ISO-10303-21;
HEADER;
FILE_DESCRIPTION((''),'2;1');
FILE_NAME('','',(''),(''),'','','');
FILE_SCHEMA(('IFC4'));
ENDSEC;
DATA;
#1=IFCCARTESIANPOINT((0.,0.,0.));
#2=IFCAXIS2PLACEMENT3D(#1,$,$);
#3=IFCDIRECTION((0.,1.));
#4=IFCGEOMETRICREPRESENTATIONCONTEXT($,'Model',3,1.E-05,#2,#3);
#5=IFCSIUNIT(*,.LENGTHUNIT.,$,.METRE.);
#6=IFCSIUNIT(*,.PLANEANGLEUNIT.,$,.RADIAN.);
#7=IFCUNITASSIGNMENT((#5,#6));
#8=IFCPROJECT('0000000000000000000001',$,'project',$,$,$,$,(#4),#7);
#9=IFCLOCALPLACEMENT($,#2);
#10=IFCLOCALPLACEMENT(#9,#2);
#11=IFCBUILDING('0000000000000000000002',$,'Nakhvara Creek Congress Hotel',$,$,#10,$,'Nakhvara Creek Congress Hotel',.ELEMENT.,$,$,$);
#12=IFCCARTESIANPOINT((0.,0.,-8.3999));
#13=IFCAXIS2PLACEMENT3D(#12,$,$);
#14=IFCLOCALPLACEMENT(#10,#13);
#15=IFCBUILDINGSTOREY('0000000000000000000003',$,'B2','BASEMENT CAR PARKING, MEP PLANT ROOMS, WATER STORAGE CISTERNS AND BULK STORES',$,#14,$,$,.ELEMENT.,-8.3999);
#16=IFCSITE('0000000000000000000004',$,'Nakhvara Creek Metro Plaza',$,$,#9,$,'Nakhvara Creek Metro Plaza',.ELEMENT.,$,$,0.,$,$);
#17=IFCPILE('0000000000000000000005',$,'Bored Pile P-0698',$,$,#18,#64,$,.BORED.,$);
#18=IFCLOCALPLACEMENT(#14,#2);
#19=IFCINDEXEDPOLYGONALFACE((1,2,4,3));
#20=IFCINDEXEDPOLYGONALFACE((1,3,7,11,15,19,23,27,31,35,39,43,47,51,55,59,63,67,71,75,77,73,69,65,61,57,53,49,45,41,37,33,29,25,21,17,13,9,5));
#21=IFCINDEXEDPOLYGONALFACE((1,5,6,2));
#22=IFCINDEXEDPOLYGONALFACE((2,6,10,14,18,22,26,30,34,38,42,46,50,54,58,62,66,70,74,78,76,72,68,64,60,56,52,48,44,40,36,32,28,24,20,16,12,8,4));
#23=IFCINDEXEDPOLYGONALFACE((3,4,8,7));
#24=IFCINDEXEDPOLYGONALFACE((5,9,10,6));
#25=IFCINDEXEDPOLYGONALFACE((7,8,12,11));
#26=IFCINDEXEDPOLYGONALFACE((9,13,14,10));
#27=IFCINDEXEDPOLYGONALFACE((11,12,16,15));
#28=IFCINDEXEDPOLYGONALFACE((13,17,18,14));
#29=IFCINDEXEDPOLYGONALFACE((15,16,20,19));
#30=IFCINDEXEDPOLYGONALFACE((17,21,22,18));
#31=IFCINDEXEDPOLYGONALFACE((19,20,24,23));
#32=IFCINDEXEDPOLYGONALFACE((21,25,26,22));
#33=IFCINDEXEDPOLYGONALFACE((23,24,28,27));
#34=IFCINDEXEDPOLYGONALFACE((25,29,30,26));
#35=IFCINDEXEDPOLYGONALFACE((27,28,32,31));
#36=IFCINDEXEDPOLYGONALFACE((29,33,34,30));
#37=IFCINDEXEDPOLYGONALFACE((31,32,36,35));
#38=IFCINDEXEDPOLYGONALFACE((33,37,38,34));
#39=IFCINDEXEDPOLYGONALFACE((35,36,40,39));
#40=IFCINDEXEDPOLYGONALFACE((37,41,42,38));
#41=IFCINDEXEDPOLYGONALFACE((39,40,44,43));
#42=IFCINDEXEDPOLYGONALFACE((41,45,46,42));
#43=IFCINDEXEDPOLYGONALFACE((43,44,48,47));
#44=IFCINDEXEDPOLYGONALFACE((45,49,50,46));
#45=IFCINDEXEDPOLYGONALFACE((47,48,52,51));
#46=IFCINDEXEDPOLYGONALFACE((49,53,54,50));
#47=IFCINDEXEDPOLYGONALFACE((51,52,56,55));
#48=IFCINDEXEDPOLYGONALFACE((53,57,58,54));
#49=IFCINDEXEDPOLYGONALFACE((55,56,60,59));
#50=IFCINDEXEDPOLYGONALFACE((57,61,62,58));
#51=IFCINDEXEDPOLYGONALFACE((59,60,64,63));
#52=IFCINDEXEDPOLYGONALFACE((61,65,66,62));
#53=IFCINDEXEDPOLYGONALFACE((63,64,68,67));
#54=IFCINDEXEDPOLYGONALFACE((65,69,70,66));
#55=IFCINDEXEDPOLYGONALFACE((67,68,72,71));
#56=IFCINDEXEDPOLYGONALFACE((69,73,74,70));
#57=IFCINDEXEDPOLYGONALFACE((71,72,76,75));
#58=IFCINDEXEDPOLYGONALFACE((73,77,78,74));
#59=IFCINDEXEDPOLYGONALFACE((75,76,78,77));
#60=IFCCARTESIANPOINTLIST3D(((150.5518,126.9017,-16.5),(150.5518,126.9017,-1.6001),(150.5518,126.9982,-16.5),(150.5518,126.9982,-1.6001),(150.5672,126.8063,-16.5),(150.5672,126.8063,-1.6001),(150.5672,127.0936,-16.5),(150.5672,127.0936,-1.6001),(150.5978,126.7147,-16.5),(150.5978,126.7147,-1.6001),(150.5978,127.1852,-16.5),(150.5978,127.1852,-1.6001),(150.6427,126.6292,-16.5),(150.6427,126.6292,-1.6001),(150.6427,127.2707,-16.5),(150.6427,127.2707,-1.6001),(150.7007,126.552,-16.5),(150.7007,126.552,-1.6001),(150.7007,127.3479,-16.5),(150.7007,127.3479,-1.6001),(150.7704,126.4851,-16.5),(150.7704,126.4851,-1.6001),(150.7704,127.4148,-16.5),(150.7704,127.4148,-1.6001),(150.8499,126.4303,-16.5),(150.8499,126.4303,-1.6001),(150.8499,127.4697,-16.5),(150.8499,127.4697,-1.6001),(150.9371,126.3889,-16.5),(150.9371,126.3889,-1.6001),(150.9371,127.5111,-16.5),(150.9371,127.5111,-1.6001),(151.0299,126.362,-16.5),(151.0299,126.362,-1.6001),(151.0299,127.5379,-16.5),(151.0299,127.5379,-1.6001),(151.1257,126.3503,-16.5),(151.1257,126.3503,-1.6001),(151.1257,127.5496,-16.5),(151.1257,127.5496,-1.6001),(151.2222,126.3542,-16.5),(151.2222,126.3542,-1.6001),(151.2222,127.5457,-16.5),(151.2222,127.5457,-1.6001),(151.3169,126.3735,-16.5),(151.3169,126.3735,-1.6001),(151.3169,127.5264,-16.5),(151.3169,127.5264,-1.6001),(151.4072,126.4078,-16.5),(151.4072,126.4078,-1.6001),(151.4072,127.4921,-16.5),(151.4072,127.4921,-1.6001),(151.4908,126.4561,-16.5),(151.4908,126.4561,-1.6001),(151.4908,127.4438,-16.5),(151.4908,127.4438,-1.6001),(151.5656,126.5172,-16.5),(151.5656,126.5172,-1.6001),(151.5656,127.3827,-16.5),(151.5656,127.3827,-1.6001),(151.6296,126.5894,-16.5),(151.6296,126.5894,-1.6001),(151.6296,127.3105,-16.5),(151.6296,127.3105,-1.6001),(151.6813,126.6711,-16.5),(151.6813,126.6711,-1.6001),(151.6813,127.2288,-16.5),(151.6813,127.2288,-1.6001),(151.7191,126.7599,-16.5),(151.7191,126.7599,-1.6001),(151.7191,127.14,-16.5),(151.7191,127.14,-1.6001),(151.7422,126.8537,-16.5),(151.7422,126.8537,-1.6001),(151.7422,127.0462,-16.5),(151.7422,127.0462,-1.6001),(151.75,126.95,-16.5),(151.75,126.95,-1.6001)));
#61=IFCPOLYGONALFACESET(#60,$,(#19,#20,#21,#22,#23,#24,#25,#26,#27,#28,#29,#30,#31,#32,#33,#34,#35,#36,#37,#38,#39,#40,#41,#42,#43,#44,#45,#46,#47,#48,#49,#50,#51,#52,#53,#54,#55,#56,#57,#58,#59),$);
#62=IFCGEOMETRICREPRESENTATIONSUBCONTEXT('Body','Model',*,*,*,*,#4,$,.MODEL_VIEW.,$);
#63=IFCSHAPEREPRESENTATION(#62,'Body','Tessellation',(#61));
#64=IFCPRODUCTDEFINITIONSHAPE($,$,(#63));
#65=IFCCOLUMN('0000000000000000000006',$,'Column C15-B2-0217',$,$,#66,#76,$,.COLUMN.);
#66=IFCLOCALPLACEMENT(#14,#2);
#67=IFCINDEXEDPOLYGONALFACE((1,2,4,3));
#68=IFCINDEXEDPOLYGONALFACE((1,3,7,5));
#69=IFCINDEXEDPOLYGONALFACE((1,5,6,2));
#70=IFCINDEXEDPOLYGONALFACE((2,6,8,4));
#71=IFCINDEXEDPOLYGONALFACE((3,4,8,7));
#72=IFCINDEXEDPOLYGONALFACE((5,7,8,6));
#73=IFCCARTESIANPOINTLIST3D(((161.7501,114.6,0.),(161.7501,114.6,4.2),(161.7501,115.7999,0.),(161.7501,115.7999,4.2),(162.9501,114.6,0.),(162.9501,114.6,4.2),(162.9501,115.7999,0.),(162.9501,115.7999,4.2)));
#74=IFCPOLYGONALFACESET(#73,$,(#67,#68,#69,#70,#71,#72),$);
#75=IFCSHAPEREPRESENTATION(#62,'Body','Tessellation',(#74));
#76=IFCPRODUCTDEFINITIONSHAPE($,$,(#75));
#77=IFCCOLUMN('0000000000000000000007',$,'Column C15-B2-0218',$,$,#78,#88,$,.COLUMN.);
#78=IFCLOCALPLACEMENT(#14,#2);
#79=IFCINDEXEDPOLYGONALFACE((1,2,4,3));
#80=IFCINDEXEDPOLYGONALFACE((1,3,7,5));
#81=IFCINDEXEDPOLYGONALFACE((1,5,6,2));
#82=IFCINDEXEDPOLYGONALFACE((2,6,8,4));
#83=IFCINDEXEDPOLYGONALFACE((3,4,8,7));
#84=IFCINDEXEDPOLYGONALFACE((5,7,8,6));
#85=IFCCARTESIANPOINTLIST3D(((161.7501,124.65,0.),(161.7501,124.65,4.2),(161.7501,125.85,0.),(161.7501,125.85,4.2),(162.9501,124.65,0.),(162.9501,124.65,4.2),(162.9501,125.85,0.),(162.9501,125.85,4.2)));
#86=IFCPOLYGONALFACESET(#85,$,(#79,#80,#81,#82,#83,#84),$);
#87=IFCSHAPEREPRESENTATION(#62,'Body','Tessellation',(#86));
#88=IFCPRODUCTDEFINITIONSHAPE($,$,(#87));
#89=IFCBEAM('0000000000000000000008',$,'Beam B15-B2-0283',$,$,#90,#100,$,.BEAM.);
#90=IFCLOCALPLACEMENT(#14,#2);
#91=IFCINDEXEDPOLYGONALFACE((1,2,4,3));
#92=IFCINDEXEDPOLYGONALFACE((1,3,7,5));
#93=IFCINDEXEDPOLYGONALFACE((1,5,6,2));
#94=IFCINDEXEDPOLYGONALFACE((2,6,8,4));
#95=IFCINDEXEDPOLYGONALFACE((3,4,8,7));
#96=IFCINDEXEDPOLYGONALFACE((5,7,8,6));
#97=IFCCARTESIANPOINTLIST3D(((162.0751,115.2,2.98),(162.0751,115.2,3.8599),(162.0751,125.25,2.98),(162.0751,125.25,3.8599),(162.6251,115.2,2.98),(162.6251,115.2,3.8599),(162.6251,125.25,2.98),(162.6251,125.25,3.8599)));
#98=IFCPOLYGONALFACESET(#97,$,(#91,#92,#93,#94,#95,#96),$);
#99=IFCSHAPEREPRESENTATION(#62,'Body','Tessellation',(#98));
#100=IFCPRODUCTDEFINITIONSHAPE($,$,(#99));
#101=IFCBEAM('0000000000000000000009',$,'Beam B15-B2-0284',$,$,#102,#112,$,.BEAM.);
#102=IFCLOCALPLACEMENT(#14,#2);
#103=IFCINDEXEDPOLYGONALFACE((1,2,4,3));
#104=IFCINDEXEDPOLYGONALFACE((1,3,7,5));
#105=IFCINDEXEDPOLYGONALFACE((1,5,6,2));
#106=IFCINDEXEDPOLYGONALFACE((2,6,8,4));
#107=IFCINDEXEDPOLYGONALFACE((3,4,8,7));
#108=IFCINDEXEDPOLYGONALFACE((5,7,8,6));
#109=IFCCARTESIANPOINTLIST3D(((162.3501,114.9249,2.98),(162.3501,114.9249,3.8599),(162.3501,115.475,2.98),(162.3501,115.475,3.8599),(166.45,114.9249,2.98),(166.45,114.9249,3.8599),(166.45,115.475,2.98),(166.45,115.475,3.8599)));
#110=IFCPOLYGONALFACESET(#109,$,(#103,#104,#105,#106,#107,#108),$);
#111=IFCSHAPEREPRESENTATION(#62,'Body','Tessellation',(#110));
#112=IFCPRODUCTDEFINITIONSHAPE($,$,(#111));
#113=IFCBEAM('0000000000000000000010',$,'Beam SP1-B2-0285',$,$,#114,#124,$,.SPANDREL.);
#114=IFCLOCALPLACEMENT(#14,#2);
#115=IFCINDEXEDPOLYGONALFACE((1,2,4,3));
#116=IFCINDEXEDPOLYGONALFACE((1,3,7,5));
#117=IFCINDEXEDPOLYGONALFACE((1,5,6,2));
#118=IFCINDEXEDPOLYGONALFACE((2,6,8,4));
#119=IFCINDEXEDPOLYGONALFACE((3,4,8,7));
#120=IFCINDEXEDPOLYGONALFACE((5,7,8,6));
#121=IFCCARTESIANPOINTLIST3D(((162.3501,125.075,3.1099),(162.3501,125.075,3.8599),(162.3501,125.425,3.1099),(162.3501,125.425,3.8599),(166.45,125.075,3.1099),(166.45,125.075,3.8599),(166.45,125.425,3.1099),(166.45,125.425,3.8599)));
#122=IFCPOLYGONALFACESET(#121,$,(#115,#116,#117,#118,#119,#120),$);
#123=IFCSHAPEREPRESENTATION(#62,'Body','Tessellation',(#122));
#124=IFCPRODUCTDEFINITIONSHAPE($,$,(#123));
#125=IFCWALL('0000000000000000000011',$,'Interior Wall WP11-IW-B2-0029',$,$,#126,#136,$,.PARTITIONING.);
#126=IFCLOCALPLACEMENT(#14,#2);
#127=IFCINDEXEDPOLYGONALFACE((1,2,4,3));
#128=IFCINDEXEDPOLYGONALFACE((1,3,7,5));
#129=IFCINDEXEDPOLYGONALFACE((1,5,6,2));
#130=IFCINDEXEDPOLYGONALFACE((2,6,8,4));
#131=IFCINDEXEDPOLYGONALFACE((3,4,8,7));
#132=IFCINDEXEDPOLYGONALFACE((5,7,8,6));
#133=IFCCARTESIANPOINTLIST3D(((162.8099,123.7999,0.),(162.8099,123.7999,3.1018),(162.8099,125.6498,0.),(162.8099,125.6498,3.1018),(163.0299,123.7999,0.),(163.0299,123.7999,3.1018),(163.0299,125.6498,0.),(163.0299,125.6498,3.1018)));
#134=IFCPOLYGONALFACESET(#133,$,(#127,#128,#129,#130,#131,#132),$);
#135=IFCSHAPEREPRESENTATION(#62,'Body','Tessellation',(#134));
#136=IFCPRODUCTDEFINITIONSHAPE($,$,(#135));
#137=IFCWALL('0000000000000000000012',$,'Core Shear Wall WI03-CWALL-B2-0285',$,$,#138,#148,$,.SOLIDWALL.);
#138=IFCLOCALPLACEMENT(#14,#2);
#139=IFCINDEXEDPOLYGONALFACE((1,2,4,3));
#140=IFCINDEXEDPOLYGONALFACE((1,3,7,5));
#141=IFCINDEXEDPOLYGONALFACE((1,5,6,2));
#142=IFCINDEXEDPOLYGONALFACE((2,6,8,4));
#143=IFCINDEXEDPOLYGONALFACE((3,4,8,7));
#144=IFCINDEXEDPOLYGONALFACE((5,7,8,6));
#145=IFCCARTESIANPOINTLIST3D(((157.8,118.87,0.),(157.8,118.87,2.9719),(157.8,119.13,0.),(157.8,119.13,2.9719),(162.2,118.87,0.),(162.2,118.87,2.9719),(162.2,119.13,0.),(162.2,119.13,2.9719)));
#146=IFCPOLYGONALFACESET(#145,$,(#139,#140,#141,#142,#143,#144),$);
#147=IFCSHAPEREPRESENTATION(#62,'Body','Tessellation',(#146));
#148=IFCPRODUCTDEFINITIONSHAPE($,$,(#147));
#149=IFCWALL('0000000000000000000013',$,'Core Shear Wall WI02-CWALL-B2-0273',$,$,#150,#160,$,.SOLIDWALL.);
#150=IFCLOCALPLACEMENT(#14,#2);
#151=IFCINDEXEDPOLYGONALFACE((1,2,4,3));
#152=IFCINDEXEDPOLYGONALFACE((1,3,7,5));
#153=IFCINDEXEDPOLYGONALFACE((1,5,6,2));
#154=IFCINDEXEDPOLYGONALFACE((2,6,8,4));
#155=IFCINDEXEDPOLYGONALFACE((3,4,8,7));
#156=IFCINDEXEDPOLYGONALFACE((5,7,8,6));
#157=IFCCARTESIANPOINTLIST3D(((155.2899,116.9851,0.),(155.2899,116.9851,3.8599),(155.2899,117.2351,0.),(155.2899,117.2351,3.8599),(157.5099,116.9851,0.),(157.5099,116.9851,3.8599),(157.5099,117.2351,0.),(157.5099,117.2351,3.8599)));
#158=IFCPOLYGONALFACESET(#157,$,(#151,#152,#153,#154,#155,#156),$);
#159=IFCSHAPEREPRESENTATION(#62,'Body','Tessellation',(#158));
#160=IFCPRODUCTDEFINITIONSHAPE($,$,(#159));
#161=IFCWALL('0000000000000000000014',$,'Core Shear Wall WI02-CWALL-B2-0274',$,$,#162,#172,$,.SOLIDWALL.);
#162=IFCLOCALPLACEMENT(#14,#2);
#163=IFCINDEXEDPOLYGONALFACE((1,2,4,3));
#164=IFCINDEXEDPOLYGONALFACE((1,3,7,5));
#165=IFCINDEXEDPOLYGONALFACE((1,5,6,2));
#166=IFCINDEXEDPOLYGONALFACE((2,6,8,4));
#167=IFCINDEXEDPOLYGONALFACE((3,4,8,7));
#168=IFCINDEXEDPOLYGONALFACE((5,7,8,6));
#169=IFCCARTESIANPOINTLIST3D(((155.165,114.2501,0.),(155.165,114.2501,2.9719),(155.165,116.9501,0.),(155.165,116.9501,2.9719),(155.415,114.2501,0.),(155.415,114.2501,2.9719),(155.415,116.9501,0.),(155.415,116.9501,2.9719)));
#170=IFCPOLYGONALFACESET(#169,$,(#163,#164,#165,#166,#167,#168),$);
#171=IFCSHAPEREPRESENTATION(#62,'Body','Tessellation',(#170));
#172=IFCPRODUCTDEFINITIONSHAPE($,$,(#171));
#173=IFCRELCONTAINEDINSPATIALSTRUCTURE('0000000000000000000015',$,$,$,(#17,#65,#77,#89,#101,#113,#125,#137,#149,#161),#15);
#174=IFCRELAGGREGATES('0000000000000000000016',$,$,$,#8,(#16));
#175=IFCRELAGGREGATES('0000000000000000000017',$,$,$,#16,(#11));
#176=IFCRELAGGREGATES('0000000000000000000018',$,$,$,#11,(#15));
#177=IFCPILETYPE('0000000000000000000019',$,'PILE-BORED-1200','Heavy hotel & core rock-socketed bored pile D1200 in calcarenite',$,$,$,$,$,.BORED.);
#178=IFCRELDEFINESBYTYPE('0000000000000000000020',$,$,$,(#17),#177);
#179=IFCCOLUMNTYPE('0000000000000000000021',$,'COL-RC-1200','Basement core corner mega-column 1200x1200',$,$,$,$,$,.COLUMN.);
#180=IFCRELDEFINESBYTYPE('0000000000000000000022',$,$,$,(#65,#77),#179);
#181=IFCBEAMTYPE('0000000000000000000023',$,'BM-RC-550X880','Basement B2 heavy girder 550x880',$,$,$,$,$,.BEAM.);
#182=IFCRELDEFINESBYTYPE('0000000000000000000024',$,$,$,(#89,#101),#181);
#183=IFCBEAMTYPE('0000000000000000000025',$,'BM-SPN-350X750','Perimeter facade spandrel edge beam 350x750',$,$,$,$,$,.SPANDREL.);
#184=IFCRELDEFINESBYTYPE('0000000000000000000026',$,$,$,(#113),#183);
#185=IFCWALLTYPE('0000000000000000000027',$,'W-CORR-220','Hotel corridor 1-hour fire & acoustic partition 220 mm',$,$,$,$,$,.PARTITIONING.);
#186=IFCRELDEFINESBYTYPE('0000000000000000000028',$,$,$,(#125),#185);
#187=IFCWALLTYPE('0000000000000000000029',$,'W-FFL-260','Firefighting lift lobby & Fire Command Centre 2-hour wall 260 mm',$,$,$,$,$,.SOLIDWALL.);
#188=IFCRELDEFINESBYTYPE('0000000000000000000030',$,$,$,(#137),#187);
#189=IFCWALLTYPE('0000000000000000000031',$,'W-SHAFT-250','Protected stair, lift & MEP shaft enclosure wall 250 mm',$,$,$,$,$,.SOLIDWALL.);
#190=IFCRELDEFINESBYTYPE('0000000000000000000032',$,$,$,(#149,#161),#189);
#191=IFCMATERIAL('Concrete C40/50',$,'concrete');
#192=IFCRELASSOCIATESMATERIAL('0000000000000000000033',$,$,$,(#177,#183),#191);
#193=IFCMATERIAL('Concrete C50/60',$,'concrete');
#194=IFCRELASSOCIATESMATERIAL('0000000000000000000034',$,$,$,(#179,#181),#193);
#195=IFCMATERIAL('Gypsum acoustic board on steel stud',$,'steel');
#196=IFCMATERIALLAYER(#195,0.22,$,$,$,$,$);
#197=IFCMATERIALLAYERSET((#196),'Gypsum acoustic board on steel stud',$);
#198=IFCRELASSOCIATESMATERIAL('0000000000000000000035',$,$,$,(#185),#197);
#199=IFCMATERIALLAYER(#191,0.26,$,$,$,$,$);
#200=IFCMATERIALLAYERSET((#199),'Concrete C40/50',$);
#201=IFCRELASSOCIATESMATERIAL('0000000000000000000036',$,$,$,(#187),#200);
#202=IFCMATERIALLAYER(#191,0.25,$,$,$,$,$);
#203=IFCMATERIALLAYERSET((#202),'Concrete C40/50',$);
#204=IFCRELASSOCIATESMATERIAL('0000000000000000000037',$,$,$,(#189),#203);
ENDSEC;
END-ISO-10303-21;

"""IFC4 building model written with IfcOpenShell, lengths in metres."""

from ifc_helpers import new_model, si_unit, direction, frame, frame_2d, origin, origin_2d, place, context, subcontext, project, spatial, rectangle, circle, extrude, material, layer, layer_set, material_profile, profile_set, type_object, element, save


model = new_model("IFC4")

# Units and contexts
model_context = context("Model", 3, precision=1e-05, world=origin(), true_north=direction((0.0, 1.0)))
body_context = subcontext(model_context, "Body", "Model", "MODEL_VIEW")
ifc_project = project(units=[si_unit("LENGTHUNIT", "METRE"), si_unit("PLANEANGLEUNIT", "RADIAN")], contexts=[model_context])

# Site, building, storey
site_placement = place(None, origin())
site = spatial("IfcSite", under=ifc_project, at=site_placement, Name="Nakhvara Creek Metro Plaza", LongName="Nakhvara Creek Metro Plaza", CompositionType="ELEMENT", RefElevation=0.0)
building_placement = place(site_placement, origin())
building = spatial("IfcBuilding", under=site, at=building_placement, Name="Nakhvara Creek Congress Hotel", LongName="Nakhvara Creek Congress Hotel", CompositionType="ELEMENT")
storey_placement = place(building_placement, frame((0.0, 0.0, -8.3999)))
storey = spatial("IfcBuildingStorey", under=building, at=storey_placement, Name="B2", Description="BASEMENT CAR PARKING, MEP PLANT ROOMS, WATER STORAGE CISTERNS AND BULK STORES", CompositionType="ELEMENT", Elevation=-8.3999)

# Shared definitions
ifc_material_1 = material(Name="Concrete C40/50", Category="concrete")

# Pile
ifc_material_profile_1 = material_profile(ifc_material_1, circle(Radius=0.6001, at=origin_2d()), Name="BORED PILE D1200", Category="LoadBearing")
ifc_profile_set_1 = profile_set([ifc_material_profile_1], Name="Concrete C40/50")
pile_type = type_object("IfcPileType", Name="PILE-BORED-1200", Description="Heavy hotel & core rock-socketed bored pile D1200 in calcarenite", PredefinedType="BORED", material=ifc_profile_set_1)
for number, where, z_axis, x_axis, name in (
    (1, (151.1499, 126.95, -1.6001), (0.0, 0.0, -1.0), (1.0, 0.0, 0.0), "Bored Pile P-0698"),
):
    element("IfcPile", number, at=place(storey_placement, frame(where, z_axis=z_axis, x_axis=x_axis)), inside=storey, type_object=pile_type, Name=name, PredefinedType="BORED", context=body_context, shape_type="SweptSolid", body=[
        extrude(circle(Radius=0.6001, at=origin_2d()), origin(), (0.0, 0.0, 1.0), 14.8999),
    ])

# Columns
ifc_material_2 = material(Name="Concrete C50/60", Category="concrete")
ifc_material_profile_2 = material_profile(ifc_material_2, rectangle(XDim=1.2, YDim=1.2, at=origin_2d()), Name="RC-COL 1200x1200", Category="LoadBearing")
ifc_profile_set_2 = profile_set([ifc_material_profile_2], Name="Concrete C50/60")
column_type = type_object("IfcColumnType", Name="COL-RC-1200", Description="Basement core corner mega-column 1200x1200", PredefinedType="COLUMN", material=ifc_profile_set_2)
for number, where, z_axis, x_axis, name in (
    (2, (162.3501, 115.2, 0.0), (0.0, 0.0, 1.0), (1.0, 0.0, 0.0), "Column C15-B2-0217"),
    (3, (162.3501, 125.25, 0.0), (0.0, 0.0, 1.0), (1.0, 0.0, 0.0), "Column C15-B2-0218"),
):
    element("IfcColumn", number, at=place(storey_placement, frame(where, z_axis=z_axis, x_axis=x_axis)), inside=storey, type_object=column_type, Name=name, PredefinedType="COLUMN", context=body_context, shape_type="SweptSolid", body=[
        extrude(rectangle(XDim=1.2, YDim=1.2, at=origin_2d()), origin(), (0.0, 0.0, 1.0), 4.2),
    ])

# Beams
ifc_material_profile_3 = material_profile(ifc_material_2, rectangle(XDim=0.55, YDim=0.8799, at=origin_2d()), Name="RC-BM 550x880", Category="LoadBearing")
ifc_profile_set_3 = profile_set([ifc_material_profile_3], Name="Concrete C50/60")
beam_type_1 = type_object("IfcBeamType", Name="BM-RC-550X880", Description="Basement B2 heavy girder 550x880", PredefinedType="BEAM", material=ifc_profile_set_3)
beam_1_placement = place(storey_placement, frame((162.3501, 115.2, 3.4199), z_axis=(0.0, 1.0, 0.0), x_axis=(-1.0, 0.0, 0.0)))
element("IfcBeam", 4, at=beam_1_placement, inside=storey, type_object=beam_type_1, Name="Beam B15-B2-0283", PredefinedType="BEAM", context=body_context, shape_type="SweptSolid", body=[
    extrude(rectangle(XDim=0.55, YDim=0.8799, at=origin_2d()), origin(), (0.0, 0.0, 1.0), 10.05),
])
beam_2_placement = place(storey_placement, frame((162.3501, 115.2, 3.4199), z_axis=(1.0, 0.0, 0.0), x_axis=(0.0, 1.0, 0.0)))
element("IfcBeam", 5, at=beam_2_placement, inside=storey, type_object=beam_type_1, Name="Beam B15-B2-0284", PredefinedType="BEAM", context=body_context, shape_type="SweptSolid", body=[
    extrude(rectangle(XDim=0.55, YDim=0.8799, at=origin_2d()), origin(), (0.0, 0.0, 1.0), 4.0999),
])
ifc_material_profile_4 = material_profile(ifc_material_1, rectangle(XDim=0.3501, YDim=0.75, at=origin_2d()), Name="RC-SPANDREL 350x750", Category="LoadBearing")
ifc_profile_set_4 = profile_set([ifc_material_profile_4], Name="Concrete C40/50")
beam_type_2 = type_object("IfcBeamType", Name="BM-SPN-350X750", Description="Perimeter facade spandrel edge beam 350x750", PredefinedType="SPANDREL", material=ifc_profile_set_4)
beam_3_placement = place(storey_placement, frame((162.3501, 125.25, 3.4849), z_axis=(1.0, 0.0, 0.0), x_axis=(0.0, 1.0, 0.0)))
element("IfcBeam", 6, at=beam_3_placement, inside=storey, type_object=beam_type_2, Name="Beam SP1-B2-0285", PredefinedType="SPANDREL", context=body_context, shape_type="SweptSolid", body=[
    extrude(rectangle(XDim=0.3501, YDim=0.75, at=origin_2d()), origin(), (0.0, 0.0, 1.0), 4.0999),
])

# Walls
ifc_material_3 = material(Name="Gypsum acoustic board on steel stud", Category="steel")
ifc_layer_1 = layer(ifc_material_3, 0.22)
ifc_layer_set_1 = layer_set([ifc_layer_1], Name="Gypsum acoustic board on steel stud")
wall_type_1 = type_object("IfcWallType", Name="W-CORR-220", Description="Hotel corridor 1-hour fire & acoustic partition 220 mm", PredefinedType="PARTITIONING", material=ifc_layer_set_1)
wall_1_placement = place(storey_placement, frame((162.9199, 123.8, 0.0), z_axis=(0.0, 0.0, 1.0), x_axis=(0.0, 1.0, 0.0)))
element("IfcWall", 7, at=wall_1_placement, inside=storey, type_object=wall_type_1, Name="Interior Wall WP11-IW-B2-0029", PredefinedType="PARTITIONING", context=body_context, shape_type="SweptSolid", body=[
    extrude(rectangle(XDim=1.8499, YDim=0.22, at=frame_2d((0.9248, 0.0))), origin(), (0.0, 0.0, 1.0), 3.1018),
])
ifc_layer_2 = layer(ifc_material_1, 0.26)
ifc_layer_set_2 = layer_set([ifc_layer_2], Name="Concrete C40/50")
wall_type_2 = type_object("IfcWallType", Name="W-FFL-260", Description="Firefighting lift lobby & Fire Command Centre 2-hour wall 260 mm", PredefinedType="SOLIDWALL", material=ifc_layer_set_2)
wall_2_placement = place(storey_placement, frame((157.8, 119.0, 0.0), z_axis=(0.0, 0.0, 1.0), x_axis=(1.0, 0.0, 0.0)))
element("IfcWall", 8, at=wall_2_placement, inside=storey, type_object=wall_type_2, Name="Core Shear Wall WI03-CWALL-B2-0285", PredefinedType="SOLIDWALL", context=body_context, shape_type="SweptSolid", body=[
    extrude(rectangle(XDim=4.3999, YDim=0.26, at=frame_2d((2.2, 0.0))), origin(), (0.0, 0.0, 1.0), 2.9719),
])
ifc_layer_3 = layer(ifc_material_1, 0.25)
ifc_layer_set_3 = layer_set([ifc_layer_3], Name="Concrete C40/50")
wall_type_3 = type_object("IfcWallType", Name="W-SHAFT-250", Description="Protected stair, lift & MEP shaft enclosure wall 250 mm", PredefinedType="SOLIDWALL", material=ifc_layer_set_3)
wall_3_placement = place(storey_placement, frame((155.29, 117.1101, 0.0), z_axis=(0.0, 0.0, 1.0), x_axis=(1.0, 0.0, 0.0)))
element("IfcWall", 9, at=wall_3_placement, inside=storey, type_object=wall_type_3, Name="Core Shear Wall WI02-CWALL-B2-0273", PredefinedType="SOLIDWALL", context=body_context, shape_type="SweptSolid", body=[
    extrude(rectangle(XDim=2.22, YDim=0.25, at=frame_2d((1.1099, 0.0))), origin(), (0.0, 0.0, 1.0), 3.8599),
])
wall_4_placement = place(storey_placement, frame((155.29, 114.25, 0.0), z_axis=(0.0, 0.0, 1.0), x_axis=(0.0, 1.0, 0.0)))
element("IfcWall", 10, at=wall_4_placement, inside=storey, type_object=wall_type_3, Name="Core Shear Wall WI02-CWALL-B2-0274", PredefinedType="SOLIDWALL", context=body_context, shape_type="SweptSolid", body=[
    extrude(rectangle(XDim=2.7, YDim=0.25, at=frame_2d((1.3501, 0.0))), origin(), (0.0, 0.0, 1.0), 2.9719),
])

save(model, "model.ifc")
